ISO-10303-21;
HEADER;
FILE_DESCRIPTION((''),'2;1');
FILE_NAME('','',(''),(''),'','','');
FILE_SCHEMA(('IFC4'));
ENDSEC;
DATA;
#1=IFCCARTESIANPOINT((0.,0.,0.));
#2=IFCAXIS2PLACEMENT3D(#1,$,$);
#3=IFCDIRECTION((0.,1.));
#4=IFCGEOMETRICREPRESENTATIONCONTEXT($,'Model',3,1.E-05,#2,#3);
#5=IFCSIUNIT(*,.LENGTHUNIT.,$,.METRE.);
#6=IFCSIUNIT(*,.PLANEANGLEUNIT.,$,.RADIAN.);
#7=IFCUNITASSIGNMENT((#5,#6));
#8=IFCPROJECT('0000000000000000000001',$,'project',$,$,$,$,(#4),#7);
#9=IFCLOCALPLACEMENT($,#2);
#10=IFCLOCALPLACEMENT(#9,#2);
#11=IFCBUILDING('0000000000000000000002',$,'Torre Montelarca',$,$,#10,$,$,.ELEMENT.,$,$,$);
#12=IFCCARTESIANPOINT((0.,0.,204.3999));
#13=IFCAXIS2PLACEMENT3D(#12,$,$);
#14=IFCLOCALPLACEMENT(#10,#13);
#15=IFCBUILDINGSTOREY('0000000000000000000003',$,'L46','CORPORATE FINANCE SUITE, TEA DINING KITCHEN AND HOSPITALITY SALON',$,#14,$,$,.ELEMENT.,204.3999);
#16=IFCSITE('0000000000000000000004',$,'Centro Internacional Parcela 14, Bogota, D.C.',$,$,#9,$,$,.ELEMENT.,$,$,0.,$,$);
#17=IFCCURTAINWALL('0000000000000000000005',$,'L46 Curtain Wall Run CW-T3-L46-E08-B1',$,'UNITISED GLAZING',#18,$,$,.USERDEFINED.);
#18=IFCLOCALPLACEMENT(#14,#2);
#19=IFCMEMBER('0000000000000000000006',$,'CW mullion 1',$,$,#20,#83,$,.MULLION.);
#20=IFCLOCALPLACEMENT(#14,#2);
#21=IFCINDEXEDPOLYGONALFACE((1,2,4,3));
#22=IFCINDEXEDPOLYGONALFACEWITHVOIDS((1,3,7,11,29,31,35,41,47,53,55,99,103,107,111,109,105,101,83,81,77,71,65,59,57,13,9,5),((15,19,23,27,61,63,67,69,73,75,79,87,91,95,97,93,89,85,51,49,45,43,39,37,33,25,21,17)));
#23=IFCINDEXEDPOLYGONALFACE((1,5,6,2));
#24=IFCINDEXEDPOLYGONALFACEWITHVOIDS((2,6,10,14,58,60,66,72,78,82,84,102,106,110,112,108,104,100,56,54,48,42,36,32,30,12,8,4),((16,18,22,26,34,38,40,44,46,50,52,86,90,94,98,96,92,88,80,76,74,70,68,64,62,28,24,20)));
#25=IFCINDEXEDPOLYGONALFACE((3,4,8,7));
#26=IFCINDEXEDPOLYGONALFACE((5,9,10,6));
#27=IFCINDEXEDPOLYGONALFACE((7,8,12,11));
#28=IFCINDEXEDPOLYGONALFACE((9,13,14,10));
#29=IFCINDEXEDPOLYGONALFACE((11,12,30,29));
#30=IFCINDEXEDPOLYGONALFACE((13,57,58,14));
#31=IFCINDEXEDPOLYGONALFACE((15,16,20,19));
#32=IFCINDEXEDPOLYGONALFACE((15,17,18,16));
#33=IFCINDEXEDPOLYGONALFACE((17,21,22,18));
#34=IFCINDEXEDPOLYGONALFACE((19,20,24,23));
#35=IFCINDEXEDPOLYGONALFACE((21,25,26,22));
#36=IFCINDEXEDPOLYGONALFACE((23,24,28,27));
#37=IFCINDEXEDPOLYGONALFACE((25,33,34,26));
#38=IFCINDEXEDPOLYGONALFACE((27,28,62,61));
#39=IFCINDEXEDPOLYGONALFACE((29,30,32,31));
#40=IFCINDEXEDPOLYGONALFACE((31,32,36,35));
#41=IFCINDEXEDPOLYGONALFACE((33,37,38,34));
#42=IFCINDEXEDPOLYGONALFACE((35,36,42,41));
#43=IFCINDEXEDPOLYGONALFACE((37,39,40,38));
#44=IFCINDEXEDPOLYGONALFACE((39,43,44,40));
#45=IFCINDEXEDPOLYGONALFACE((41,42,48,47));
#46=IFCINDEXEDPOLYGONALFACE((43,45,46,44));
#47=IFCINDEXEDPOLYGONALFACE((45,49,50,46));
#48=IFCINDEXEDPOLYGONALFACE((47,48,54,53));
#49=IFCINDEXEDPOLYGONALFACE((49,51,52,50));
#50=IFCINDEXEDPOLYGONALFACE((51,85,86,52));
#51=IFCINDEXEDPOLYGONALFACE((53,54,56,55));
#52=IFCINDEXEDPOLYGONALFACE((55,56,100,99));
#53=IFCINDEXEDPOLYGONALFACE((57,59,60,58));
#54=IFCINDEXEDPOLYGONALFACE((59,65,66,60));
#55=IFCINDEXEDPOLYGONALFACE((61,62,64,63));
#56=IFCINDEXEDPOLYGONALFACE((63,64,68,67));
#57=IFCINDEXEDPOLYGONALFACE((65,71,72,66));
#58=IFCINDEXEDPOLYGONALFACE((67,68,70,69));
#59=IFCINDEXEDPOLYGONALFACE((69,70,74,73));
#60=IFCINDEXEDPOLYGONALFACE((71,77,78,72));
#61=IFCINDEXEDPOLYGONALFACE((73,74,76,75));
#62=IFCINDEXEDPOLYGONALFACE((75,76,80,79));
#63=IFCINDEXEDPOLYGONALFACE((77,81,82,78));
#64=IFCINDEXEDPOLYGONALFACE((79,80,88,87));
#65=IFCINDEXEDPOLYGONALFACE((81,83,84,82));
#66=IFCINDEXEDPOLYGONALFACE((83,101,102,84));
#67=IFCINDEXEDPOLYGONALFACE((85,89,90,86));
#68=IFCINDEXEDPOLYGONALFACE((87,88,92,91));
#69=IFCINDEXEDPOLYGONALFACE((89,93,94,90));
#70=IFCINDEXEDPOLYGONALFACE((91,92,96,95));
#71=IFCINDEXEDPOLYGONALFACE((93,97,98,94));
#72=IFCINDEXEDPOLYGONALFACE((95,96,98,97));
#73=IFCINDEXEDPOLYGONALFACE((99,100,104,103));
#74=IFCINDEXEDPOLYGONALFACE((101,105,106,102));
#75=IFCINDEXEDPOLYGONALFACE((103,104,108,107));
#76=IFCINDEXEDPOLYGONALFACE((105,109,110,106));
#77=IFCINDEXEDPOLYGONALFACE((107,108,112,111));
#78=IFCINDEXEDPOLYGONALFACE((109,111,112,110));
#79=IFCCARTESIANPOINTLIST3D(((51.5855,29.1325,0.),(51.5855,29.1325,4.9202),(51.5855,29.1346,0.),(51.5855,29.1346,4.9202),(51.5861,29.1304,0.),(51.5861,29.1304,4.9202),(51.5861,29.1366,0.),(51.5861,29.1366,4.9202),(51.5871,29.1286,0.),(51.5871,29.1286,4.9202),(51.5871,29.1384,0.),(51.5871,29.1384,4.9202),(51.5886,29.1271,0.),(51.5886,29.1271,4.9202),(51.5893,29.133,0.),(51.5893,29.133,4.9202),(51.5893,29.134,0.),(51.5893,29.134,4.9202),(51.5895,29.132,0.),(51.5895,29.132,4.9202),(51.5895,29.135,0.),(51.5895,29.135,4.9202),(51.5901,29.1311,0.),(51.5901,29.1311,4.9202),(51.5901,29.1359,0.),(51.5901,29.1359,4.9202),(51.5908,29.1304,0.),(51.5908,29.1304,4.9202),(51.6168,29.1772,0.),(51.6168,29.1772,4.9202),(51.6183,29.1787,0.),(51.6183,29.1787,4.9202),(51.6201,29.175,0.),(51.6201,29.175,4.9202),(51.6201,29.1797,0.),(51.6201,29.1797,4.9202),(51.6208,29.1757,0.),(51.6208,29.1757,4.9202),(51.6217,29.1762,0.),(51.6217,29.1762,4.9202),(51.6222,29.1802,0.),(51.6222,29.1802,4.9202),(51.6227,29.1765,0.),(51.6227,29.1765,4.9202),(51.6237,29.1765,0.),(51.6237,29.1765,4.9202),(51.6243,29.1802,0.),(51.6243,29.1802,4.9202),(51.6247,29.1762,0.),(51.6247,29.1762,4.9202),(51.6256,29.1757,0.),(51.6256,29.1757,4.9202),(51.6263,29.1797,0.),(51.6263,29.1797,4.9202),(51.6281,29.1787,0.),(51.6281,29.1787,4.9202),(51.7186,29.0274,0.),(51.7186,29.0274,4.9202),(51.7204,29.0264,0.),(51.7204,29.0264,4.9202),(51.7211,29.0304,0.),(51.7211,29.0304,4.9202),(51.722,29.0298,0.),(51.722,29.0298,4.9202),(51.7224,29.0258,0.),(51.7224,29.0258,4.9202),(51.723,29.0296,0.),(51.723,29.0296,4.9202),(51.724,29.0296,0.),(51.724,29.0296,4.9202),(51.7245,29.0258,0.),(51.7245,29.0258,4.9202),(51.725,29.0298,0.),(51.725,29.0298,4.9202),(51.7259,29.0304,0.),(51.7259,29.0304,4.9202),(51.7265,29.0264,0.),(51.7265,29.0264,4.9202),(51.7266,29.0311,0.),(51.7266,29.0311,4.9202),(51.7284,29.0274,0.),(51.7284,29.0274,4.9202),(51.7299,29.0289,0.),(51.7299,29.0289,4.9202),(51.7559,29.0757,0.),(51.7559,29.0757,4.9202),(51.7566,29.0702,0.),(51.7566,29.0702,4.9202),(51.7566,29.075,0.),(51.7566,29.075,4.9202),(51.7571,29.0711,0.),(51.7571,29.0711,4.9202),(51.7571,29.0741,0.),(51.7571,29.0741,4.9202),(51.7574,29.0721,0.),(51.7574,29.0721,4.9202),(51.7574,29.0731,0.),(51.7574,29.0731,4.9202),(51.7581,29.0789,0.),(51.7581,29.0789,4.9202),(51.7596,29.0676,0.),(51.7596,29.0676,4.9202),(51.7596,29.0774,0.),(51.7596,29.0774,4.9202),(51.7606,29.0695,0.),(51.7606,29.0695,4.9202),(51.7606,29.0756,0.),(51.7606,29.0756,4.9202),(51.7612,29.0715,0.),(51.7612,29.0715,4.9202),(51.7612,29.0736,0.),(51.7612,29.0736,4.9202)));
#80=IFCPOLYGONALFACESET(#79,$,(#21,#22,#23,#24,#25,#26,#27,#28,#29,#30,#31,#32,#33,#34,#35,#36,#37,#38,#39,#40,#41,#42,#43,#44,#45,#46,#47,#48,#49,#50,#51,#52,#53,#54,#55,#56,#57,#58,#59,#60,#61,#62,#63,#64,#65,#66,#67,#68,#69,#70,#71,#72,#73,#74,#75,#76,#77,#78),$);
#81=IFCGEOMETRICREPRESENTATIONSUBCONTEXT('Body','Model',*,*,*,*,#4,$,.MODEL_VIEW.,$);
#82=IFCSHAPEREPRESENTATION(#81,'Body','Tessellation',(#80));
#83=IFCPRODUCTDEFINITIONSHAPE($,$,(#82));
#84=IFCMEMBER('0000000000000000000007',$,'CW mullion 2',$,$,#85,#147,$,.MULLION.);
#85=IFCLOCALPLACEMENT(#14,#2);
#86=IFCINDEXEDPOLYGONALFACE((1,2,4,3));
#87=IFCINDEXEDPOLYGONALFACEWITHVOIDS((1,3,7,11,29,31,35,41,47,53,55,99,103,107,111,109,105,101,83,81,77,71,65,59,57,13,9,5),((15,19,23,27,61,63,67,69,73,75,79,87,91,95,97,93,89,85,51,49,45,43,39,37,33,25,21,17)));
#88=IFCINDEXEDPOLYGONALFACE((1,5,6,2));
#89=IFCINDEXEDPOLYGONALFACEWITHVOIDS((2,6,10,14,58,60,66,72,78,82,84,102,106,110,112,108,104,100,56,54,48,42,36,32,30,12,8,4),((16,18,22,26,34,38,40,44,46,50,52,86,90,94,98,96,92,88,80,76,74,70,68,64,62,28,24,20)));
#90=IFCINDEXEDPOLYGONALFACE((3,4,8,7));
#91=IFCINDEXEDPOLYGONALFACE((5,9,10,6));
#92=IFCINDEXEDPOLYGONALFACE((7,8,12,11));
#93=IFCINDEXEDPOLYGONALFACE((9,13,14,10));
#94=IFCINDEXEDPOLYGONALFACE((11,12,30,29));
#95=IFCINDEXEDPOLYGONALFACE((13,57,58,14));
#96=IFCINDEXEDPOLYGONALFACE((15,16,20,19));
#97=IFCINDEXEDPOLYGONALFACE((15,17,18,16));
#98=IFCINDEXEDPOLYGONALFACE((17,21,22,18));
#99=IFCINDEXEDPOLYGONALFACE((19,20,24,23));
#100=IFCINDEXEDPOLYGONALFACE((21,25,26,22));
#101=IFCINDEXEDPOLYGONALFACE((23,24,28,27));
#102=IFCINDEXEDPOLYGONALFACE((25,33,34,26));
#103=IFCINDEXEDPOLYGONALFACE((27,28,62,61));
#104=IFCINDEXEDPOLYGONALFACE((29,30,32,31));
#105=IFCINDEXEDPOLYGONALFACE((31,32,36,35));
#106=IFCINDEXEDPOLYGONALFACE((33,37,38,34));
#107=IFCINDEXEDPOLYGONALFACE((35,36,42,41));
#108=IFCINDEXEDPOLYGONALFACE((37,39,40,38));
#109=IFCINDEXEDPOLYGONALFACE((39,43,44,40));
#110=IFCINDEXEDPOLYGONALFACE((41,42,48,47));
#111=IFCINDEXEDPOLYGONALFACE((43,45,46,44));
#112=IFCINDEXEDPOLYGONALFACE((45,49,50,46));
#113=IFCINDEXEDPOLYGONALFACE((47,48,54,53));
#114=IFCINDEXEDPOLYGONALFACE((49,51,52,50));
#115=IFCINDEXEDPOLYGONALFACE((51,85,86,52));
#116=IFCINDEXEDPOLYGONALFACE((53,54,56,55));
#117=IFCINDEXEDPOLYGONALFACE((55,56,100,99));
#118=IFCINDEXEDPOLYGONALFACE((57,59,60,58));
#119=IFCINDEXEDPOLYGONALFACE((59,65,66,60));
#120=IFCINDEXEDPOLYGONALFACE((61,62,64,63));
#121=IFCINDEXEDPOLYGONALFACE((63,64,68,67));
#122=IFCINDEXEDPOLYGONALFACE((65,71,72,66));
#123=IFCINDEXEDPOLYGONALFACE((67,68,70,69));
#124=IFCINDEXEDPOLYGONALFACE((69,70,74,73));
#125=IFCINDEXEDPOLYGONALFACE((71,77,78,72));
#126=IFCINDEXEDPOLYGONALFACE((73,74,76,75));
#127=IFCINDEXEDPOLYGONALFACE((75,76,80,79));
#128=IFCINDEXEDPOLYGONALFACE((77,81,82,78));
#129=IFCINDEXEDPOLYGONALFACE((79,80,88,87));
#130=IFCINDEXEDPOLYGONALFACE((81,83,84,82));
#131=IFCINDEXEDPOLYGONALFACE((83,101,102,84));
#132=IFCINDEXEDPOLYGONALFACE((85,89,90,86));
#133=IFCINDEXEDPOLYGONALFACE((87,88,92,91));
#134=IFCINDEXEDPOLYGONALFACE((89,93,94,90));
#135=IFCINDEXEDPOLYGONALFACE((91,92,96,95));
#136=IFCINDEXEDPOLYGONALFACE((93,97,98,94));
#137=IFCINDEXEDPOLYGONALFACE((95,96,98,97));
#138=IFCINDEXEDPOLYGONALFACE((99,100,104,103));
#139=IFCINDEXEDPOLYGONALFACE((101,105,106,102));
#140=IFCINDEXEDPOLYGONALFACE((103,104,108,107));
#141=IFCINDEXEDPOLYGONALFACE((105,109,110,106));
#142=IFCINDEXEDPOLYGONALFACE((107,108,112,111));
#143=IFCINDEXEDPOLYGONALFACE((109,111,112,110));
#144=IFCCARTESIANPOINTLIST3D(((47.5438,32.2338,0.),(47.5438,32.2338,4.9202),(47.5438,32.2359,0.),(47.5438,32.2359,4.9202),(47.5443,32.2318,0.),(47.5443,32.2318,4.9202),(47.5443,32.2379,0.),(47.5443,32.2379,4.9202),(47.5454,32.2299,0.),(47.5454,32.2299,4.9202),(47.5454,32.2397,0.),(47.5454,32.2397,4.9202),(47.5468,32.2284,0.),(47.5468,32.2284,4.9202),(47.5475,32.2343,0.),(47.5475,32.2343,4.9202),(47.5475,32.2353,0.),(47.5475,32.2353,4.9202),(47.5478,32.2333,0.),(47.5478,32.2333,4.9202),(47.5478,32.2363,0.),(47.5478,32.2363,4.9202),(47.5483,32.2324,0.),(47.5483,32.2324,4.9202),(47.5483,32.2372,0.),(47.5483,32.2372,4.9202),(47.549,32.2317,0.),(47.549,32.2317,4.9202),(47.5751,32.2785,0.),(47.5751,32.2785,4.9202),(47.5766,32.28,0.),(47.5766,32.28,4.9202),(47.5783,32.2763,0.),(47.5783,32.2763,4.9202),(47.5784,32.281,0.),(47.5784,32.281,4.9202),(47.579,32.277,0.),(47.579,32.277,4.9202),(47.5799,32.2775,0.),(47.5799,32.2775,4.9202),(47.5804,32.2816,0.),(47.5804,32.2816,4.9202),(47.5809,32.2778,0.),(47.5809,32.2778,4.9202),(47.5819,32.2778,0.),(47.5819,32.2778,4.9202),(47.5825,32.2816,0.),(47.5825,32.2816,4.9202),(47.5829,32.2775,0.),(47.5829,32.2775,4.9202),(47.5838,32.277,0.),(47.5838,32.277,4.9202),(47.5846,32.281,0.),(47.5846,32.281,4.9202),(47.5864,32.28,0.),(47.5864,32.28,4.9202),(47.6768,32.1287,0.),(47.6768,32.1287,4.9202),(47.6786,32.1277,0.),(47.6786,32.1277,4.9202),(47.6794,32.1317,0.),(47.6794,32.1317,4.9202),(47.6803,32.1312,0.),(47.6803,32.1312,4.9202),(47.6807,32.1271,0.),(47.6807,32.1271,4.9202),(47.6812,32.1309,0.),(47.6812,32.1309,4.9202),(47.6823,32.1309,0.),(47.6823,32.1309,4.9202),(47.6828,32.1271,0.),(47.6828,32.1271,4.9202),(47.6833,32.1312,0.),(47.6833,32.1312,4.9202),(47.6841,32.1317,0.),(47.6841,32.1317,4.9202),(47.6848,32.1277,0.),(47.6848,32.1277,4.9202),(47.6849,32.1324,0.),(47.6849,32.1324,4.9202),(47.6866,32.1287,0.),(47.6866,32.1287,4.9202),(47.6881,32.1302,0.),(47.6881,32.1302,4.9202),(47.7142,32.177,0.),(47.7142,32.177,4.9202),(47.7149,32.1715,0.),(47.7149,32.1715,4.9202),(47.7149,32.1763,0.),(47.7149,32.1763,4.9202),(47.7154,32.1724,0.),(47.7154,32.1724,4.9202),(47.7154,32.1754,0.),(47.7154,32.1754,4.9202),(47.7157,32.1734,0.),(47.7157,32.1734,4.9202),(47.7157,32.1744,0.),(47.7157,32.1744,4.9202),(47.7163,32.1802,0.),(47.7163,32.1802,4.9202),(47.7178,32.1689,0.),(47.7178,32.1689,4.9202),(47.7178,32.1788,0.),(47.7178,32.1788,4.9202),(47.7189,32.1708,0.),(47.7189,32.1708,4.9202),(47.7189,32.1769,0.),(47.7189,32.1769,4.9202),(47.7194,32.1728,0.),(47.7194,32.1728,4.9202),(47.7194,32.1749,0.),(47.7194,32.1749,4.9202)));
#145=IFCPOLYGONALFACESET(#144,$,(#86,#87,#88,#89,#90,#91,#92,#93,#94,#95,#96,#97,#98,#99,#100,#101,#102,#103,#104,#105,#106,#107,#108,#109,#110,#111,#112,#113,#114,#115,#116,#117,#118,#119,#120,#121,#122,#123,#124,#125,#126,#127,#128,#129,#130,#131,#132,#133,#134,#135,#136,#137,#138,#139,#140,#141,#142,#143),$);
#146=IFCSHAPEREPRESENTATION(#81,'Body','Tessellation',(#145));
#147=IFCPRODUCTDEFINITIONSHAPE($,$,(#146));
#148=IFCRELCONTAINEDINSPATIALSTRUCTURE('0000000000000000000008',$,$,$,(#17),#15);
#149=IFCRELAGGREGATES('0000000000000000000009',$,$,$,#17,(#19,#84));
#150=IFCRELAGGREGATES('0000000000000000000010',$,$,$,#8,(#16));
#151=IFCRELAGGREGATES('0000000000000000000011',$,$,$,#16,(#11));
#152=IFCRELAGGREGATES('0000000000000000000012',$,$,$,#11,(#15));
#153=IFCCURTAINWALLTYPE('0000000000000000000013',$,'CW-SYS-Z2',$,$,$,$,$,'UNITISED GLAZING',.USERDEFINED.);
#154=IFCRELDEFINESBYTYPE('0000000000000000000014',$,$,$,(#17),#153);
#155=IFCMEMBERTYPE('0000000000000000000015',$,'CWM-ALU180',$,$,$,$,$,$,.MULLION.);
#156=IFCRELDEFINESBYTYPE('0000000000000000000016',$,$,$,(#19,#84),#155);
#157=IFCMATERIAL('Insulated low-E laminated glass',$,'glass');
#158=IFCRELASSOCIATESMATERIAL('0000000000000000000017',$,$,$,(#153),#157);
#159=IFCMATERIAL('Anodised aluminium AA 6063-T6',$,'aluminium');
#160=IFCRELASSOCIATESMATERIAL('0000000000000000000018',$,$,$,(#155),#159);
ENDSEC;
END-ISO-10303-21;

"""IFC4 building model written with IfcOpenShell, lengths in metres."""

from ifc_helpers import new_model, si_unit, direction, frame, origin, origin_2d, place, context, subcontext, project, spatial, hollow_rectangle, extrude, source, transform, mapped, material, material_profile, profile_set, type_object, element, aggregate, save


model = new_model("IFC4")

# Units and contexts
model_context = context("Model", 3, precision=1e-05, world=origin(), true_north=direction((0.0, 1.0)))
body_context = subcontext(model_context, "Body", "Model", "MODEL_VIEW")
ifc_project = project(units=[si_unit("LENGTHUNIT", "METRE"), si_unit("PLANEANGLEUNIT", "RADIAN")], contexts=[model_context])

# Site, building, storey
site_placement = place(None, origin())
site = spatial("IfcSite", under=ifc_project, at=site_placement, Name="Centro Internacional Parcela 14, Bogota, D.C.", CompositionType="ELEMENT", RefElevation=0.0)
building_placement = place(site_placement, origin())
building = spatial("IfcBuilding", under=site, at=building_placement, Name="Torre Montelarca", CompositionType="ELEMENT")
storey_placement = place(building_placement, frame((0.0, 0.0, 204.3999)))
storey = spatial("IfcBuildingStorey", under=building, at=storey_placement, Name="L46", Description="CORPORATE FINANCE SUITE, TEA DINING KITCHEN AND HOSPITALITY SALON", CompositionType="ELEMENT", Elevation=204.3999)

# Shared definitions
ifc_material_1 = material(Name="Insulated low-E laminated glass", Category="glass")
curtain_wall_type = type_object("IfcCurtainWallType", Name="CW-SYS-Z2", ElementType="UNITISED GLAZING", PredefinedType="USERDEFINED", material=ifc_material_1)
ifc_material_2 = material(Name="Anodised aluminium AA 6063-T6", Category="aluminium")
ifc_material_profile_1 = material_profile(ifc_material_2, hollow_rectangle(XDim=0.0649, YDim=0.1799, WallThickness=0.0039, InnerFilletRadius=0.0039, OuterFilletRadius=0.0081, at=origin_2d()), Name="ALU65X180X4", Category="aluminium")
ifc_profile_set_1 = profile_set([ifc_material_profile_1], Name="Anodised aluminium AA 6063-T6")
member_type_1 = type_object("IfcMemberType", Name="CWM-ALU180", PredefinedType="MULLION", material=ifc_profile_set_1)
shared_shape_1 = source(origin(), body_context, "Body", "SweptSolid", [
    extrude(hollow_rectangle(XDim=0.0649, YDim=0.1799, WallThickness=0.0039, InnerFilletRadius=0.0039, OuterFilletRadius=0.0081, at=origin_2d()), origin(), (0.0, 0.0, 1.0), 4.9202),
])

# Curtain wall, members
curtain_wall_1_placement = place(storey_placement, origin())
curtain_wall_1 = element("IfcCurtainWall", 1, at=curtain_wall_1_placement, inside=storey, type_object=curtain_wall_type, Name="L46 Curtain Wall Run CW-T3-L46-E08-B1", ObjectType="UNITISED GLAZING", PredefinedType="USERDEFINED")
member_1_placement = place(storey_placement, frame((51.6733, 29.103, 0.0), z_axis=(0.0, 0.0, 1.0), x_axis=(-0.608758, -0.793356, 0.0)))
member_1 = element("IfcMember", 2, at=member_1_placement, type_object=member_type_1, Name="CW mullion 1", PredefinedType="MULLION", context=body_context, shape_type="MappedRepresentation", body=[
    mapped(shared_shape_1, transform((0.0, 0.0, 0.0), scale=1.0)),
])
member_2_placement = place(storey_placement, frame((47.6316, 32.2043, 0.0), z_axis=(0.0, 0.0, 1.0), x_axis=(-0.608758, -0.793356, 0.0)))
member_2 = element("IfcMember", 3, at=member_2_placement, type_object=member_type_1, Name="CW mullion 2", PredefinedType="MULLION", context=body_context, shape_type="MappedRepresentation", body=[
    mapped(shared_shape_1, transform((0.0, 0.0, 0.0), scale=1.0)),
])

aggregate(curtain_wall_1, [member_1, member_2])

save(model, "model.ifc")
